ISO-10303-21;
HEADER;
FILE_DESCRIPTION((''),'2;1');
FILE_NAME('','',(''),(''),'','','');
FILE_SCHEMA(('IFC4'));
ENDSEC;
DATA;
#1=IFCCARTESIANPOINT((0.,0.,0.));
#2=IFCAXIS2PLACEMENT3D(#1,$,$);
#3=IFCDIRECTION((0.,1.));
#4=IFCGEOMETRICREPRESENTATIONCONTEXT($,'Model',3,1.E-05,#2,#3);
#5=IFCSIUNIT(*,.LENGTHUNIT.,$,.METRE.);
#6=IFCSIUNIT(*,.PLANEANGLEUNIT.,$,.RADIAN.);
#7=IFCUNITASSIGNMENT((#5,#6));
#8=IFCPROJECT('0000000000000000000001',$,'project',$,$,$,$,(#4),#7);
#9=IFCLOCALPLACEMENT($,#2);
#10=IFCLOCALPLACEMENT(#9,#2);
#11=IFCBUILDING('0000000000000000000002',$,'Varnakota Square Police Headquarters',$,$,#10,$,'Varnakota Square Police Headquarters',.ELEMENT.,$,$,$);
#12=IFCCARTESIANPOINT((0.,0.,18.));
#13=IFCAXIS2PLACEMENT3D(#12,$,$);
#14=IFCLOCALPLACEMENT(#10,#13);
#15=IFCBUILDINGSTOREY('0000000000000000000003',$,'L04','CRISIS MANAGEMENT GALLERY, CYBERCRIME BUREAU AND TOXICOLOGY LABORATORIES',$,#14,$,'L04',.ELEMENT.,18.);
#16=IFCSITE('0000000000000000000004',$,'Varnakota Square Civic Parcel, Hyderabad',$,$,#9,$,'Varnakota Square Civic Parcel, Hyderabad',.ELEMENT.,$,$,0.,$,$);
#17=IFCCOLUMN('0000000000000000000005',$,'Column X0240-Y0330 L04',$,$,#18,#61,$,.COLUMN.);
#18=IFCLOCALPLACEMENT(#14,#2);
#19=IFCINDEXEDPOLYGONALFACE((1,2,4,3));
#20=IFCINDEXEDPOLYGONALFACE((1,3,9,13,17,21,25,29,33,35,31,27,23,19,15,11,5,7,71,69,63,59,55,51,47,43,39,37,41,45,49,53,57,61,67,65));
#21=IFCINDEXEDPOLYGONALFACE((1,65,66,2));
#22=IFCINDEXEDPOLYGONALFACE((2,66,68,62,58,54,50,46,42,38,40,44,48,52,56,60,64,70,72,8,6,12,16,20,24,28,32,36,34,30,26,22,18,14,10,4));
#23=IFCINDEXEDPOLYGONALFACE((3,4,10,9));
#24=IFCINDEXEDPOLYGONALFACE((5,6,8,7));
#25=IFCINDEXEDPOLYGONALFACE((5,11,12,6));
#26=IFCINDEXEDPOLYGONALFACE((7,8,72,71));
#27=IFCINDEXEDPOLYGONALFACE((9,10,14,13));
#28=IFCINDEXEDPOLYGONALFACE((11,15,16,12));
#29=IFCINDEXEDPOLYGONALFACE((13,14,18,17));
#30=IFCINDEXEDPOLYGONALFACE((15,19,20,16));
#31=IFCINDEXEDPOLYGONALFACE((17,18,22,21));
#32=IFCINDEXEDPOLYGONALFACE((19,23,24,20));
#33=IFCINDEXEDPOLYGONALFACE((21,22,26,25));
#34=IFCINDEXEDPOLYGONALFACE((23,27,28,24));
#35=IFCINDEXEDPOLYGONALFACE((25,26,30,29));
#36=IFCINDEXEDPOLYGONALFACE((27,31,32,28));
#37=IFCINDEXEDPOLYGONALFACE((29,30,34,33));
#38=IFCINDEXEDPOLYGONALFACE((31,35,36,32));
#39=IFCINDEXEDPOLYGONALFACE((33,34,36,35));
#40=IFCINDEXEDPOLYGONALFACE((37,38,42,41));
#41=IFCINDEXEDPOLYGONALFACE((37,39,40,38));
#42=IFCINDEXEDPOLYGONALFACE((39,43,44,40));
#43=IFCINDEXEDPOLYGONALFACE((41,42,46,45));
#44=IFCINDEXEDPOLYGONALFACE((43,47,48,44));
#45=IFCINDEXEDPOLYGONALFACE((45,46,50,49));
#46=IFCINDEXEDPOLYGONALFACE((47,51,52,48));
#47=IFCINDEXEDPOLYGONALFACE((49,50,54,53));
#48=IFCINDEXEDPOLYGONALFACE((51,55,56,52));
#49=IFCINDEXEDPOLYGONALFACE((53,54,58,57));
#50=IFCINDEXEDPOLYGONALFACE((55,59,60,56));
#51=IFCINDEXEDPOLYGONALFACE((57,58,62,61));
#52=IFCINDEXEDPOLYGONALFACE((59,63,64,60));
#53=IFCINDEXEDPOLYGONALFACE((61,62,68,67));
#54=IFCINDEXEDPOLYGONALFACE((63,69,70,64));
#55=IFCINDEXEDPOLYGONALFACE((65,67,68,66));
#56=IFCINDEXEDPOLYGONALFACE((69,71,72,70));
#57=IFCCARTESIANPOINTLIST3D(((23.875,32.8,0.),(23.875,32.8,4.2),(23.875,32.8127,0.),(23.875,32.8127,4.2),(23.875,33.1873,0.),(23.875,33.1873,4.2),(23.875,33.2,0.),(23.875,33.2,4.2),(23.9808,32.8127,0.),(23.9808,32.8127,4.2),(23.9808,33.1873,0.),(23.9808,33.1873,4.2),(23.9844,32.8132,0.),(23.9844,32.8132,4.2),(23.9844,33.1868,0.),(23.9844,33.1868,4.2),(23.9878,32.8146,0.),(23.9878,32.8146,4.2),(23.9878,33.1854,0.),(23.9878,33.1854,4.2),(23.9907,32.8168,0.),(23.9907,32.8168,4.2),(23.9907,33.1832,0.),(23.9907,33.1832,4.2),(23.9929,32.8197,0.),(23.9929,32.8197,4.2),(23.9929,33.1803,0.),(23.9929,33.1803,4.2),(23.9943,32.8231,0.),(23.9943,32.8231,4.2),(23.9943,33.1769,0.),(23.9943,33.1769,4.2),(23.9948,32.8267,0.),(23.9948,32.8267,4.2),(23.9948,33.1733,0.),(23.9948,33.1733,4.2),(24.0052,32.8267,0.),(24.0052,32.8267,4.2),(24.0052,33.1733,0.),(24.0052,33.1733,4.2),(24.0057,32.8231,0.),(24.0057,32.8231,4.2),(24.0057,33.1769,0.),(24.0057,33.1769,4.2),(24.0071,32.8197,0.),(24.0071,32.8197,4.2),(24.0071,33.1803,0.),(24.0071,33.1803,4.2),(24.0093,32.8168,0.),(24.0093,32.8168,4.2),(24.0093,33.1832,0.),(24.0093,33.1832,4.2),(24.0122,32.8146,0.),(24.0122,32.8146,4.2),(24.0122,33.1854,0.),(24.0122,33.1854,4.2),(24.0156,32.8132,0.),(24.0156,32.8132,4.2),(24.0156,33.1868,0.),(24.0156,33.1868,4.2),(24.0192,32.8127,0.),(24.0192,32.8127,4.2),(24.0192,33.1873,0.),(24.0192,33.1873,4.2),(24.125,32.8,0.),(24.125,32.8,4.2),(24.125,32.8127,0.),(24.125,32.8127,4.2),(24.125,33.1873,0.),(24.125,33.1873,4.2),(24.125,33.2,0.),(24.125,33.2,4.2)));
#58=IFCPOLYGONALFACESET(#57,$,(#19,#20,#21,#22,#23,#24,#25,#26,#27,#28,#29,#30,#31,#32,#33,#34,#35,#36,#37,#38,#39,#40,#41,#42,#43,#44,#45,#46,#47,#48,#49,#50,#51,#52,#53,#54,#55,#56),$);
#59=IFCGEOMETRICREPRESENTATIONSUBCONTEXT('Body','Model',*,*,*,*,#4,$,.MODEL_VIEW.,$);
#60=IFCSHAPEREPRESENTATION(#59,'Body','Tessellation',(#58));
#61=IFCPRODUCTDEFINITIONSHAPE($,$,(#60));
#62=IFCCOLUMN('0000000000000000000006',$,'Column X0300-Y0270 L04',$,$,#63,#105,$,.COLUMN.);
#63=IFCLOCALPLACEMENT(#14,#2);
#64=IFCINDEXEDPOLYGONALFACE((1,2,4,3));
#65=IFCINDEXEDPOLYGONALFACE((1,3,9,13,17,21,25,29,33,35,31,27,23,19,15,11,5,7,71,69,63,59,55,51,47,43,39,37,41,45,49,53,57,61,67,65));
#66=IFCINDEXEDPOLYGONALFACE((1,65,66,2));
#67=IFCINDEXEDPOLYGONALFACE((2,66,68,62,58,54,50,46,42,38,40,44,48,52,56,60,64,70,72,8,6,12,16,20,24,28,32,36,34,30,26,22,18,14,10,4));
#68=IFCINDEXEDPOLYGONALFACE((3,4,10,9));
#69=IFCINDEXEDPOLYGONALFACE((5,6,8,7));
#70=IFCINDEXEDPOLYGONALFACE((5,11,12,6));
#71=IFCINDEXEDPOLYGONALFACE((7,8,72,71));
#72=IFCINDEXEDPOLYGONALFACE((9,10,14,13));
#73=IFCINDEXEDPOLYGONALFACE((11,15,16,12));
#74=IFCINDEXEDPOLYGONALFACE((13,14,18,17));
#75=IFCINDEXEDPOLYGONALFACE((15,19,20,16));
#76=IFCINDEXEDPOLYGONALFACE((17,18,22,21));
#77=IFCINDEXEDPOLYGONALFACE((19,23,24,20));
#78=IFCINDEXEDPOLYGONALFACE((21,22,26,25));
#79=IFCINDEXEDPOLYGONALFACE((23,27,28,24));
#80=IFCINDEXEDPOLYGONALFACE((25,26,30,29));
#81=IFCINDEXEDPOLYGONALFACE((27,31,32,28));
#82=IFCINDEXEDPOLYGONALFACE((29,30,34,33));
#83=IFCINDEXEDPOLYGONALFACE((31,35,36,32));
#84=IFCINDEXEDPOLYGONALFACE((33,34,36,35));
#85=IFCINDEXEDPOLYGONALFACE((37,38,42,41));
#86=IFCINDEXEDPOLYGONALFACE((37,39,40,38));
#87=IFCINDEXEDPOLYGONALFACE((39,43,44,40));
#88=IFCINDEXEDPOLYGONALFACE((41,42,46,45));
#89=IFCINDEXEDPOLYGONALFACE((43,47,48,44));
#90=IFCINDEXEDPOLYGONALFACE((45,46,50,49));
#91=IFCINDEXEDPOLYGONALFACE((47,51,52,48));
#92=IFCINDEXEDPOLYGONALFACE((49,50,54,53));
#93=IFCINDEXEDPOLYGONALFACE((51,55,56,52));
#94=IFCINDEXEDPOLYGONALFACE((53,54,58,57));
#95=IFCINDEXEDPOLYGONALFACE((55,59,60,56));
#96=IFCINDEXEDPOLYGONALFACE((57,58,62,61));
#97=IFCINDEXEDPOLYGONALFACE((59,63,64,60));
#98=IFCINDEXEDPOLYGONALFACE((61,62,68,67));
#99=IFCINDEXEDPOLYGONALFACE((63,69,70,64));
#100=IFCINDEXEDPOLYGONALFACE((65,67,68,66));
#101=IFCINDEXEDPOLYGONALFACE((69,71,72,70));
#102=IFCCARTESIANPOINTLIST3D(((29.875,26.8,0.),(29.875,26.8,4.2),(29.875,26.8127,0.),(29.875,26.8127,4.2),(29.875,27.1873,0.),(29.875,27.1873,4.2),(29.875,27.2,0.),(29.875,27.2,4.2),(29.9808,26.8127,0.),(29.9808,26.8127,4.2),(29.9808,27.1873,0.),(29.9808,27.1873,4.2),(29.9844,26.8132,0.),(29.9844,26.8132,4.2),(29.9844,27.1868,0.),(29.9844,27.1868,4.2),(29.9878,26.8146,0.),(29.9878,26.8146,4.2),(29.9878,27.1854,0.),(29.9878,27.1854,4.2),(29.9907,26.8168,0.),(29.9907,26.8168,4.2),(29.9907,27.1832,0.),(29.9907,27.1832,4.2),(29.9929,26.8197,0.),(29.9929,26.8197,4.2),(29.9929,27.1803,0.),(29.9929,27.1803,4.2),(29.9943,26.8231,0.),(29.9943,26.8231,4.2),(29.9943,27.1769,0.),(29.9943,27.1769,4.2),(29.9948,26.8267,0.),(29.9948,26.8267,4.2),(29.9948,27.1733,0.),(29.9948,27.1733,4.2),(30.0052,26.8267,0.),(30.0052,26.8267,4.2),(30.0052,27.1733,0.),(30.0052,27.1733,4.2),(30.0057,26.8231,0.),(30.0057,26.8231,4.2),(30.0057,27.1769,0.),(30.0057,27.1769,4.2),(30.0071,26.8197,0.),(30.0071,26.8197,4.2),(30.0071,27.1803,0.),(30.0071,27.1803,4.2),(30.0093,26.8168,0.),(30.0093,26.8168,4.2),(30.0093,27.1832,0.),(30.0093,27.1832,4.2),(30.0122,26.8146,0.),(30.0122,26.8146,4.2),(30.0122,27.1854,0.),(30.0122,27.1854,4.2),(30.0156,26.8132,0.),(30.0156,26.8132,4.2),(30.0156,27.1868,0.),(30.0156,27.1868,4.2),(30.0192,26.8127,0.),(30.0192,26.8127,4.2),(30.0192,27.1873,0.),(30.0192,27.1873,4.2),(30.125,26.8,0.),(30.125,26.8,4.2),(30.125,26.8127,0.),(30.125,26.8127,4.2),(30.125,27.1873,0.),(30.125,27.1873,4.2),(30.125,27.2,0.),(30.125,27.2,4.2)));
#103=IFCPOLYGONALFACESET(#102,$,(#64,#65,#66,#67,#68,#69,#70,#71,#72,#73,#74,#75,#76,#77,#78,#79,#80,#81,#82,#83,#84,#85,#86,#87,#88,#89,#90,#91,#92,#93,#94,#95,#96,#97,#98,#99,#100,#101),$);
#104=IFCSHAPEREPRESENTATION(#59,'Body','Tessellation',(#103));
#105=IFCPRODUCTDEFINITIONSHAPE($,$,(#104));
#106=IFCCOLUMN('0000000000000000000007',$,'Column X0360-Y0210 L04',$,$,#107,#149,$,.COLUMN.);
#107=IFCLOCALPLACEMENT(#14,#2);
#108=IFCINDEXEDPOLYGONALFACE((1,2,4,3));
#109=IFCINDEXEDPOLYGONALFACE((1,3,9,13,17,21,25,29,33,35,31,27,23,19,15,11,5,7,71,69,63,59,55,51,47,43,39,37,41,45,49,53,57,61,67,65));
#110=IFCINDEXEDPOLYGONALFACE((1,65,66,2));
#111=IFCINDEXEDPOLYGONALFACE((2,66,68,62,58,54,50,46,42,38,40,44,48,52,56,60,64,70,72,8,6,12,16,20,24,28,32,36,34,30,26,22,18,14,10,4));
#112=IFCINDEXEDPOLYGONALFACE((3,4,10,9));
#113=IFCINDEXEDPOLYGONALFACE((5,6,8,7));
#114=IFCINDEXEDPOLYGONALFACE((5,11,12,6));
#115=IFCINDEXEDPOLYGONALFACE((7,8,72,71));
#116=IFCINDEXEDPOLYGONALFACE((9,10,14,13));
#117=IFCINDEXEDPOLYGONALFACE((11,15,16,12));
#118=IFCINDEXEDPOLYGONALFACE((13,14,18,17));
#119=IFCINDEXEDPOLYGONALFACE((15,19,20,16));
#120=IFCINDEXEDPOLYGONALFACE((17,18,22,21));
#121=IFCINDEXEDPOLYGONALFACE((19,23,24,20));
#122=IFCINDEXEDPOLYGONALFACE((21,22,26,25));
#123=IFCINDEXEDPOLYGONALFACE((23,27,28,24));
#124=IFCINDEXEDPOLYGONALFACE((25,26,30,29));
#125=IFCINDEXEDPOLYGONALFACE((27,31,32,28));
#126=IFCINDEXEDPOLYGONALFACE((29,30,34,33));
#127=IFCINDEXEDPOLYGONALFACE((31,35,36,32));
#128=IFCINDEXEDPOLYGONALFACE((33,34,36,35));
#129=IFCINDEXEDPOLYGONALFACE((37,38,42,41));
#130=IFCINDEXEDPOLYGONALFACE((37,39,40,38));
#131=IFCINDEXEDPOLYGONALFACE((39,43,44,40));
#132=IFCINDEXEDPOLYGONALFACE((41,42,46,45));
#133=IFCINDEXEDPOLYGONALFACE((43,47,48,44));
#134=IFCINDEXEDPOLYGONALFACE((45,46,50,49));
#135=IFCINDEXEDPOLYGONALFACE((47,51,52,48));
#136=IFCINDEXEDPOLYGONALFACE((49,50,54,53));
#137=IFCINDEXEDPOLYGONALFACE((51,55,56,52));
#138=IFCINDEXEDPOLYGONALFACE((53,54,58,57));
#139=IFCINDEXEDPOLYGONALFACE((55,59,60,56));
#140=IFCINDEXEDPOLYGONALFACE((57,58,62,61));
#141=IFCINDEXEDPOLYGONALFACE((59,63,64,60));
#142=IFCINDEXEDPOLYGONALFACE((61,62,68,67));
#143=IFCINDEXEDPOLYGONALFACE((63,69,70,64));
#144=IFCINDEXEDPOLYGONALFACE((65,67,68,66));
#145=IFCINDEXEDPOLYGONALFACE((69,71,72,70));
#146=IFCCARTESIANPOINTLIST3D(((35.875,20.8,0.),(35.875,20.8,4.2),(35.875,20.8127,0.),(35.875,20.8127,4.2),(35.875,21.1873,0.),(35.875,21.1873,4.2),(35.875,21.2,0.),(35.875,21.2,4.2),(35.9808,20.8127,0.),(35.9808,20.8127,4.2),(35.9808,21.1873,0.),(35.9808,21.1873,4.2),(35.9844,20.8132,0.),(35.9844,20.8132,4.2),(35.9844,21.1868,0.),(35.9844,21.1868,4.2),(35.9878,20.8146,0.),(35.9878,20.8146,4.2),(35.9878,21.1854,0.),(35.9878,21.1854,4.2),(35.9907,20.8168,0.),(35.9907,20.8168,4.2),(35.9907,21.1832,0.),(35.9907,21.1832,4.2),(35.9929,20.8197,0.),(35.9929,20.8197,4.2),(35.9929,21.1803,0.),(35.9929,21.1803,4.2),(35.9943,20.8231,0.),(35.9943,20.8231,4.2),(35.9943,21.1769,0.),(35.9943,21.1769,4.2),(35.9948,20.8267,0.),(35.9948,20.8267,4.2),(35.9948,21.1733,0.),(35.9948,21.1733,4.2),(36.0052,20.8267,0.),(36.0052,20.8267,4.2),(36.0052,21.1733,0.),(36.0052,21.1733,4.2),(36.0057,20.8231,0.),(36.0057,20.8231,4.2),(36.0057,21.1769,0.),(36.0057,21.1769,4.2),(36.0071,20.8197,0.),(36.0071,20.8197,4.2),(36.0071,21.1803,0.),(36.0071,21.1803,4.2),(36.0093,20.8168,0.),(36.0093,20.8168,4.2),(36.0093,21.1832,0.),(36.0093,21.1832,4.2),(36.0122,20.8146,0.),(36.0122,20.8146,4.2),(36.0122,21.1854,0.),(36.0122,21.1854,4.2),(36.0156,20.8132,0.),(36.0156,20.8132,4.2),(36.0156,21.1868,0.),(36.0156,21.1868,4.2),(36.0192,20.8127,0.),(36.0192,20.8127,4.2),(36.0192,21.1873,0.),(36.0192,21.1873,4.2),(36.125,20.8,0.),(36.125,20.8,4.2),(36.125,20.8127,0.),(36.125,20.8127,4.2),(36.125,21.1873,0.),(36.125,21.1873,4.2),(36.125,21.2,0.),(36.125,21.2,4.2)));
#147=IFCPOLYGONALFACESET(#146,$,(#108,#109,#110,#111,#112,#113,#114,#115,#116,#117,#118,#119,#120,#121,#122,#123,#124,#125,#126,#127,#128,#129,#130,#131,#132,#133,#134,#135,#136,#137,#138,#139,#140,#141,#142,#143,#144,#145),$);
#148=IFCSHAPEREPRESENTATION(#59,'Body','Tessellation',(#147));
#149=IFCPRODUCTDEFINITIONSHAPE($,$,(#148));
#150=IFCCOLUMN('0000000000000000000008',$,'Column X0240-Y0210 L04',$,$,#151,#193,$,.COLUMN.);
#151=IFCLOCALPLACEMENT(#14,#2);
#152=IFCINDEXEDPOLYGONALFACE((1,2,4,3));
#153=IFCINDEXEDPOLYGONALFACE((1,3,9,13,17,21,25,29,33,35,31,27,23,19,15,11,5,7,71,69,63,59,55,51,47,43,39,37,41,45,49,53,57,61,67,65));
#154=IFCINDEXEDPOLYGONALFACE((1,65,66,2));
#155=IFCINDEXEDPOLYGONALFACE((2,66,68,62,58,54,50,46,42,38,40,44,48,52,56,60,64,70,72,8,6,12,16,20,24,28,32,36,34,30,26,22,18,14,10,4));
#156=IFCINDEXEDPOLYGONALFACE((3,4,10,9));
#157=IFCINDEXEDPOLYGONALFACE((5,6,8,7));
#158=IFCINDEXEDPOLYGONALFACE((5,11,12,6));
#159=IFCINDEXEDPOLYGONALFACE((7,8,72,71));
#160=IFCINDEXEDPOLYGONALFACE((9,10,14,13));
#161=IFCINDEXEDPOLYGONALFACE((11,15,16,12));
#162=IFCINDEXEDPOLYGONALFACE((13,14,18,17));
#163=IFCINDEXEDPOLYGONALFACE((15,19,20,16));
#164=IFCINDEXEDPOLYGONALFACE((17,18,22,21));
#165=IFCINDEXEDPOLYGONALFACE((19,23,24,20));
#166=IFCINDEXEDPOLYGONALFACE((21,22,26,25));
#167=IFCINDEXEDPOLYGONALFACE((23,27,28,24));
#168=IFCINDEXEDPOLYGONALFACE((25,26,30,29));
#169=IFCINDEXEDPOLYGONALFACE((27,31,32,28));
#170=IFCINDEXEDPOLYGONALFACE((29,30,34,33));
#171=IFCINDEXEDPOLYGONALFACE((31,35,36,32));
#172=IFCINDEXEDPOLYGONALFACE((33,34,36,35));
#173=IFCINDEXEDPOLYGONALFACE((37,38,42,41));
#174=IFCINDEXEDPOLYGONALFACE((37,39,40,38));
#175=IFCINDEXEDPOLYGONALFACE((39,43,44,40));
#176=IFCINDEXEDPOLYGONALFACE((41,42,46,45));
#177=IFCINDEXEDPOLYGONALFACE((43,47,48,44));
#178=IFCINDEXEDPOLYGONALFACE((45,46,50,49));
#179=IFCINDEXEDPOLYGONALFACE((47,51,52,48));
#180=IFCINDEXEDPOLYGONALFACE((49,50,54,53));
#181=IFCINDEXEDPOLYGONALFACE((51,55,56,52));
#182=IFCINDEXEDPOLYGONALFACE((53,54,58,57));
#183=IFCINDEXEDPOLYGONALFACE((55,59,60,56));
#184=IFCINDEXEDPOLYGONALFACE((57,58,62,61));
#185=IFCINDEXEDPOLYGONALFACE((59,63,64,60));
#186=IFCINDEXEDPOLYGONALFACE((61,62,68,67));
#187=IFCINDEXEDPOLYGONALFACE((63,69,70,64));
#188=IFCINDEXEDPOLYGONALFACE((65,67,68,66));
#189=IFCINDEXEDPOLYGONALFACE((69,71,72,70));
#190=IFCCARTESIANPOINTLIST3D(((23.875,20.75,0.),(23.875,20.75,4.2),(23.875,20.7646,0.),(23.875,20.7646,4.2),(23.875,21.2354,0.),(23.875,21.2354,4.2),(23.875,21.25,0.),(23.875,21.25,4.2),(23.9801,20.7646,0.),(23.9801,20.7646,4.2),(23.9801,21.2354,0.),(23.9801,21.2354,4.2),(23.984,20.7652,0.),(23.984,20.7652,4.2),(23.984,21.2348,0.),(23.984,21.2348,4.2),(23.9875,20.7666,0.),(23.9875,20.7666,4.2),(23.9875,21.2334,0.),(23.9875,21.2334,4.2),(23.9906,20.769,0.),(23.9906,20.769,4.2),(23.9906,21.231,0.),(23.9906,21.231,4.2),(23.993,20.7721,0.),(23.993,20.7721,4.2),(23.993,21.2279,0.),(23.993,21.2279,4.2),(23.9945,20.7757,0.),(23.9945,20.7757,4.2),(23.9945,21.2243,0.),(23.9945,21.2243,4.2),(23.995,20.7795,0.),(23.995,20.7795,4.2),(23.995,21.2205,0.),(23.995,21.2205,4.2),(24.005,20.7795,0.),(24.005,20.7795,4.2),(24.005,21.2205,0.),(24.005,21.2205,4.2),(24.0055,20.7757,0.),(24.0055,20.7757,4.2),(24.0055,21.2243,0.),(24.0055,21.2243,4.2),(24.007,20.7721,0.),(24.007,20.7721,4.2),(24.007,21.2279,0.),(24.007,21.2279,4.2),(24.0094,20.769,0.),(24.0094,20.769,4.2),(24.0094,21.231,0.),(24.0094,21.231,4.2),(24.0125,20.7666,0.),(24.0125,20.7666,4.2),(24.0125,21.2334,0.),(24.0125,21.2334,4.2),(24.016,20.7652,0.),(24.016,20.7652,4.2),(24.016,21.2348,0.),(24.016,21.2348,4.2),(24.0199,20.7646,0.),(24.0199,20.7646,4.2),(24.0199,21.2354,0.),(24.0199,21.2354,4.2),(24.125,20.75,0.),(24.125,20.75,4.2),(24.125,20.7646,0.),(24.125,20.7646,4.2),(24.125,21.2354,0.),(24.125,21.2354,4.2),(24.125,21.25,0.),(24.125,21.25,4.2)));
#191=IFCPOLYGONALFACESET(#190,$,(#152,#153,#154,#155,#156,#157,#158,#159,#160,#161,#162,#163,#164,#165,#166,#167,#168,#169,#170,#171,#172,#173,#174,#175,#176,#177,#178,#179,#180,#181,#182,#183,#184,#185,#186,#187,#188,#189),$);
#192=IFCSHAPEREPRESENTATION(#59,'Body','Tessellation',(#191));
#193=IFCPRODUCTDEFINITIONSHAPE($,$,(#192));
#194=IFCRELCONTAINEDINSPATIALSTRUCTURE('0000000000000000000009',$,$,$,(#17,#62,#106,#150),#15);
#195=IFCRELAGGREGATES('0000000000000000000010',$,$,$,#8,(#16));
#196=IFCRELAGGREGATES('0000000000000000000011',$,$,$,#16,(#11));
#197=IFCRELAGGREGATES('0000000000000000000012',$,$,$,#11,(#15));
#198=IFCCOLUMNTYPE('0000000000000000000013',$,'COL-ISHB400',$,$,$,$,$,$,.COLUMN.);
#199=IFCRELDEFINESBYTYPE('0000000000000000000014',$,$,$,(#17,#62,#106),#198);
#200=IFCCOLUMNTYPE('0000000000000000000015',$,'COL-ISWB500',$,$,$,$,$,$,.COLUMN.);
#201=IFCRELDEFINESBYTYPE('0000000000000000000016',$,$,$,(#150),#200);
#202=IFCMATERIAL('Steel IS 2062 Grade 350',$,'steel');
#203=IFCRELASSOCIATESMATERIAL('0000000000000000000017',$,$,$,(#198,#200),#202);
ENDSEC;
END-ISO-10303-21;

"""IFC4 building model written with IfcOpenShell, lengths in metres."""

from ifc_helpers import new_model, si_unit, direction, frame, origin, origin_2d, place, context, subcontext, project, spatial, i_section, extrude, material, material_profile, profile_set, type_object, element, save


model = new_model("IFC4")

# Units and contexts
model_context = context("Model", 3, precision=1e-05, world=origin(), true_north=direction((0.0, 1.0)))
body_context = subcontext(model_context, "Body", "Model", "MODEL_VIEW")
ifc_project = project(units=[si_unit("LENGTHUNIT", "METRE"), si_unit("PLANEANGLEUNIT", "RADIAN")], contexts=[model_context])

# Site, building, storey
site_placement = place(None, origin())
site = spatial("IfcSite", under=ifc_project, at=site_placement, Name="Varnakota Square Civic Parcel, Hyderabad", LongName="Varnakota Square Civic Parcel, Hyderabad", CompositionType="ELEMENT", RefElevation=0.0)
building_placement = place(site_placement, origin())
building = spatial("IfcBuilding", under=site, at=building_placement, Name="Varnakota Square Police Headquarters", LongName="Varnakota Square Police Headquarters", CompositionType="ELEMENT")
storey_placement = place(building_placement, frame((0.0, 0.0, 18.0)))
storey = spatial("IfcBuildingStorey", under=building, at=storey_placement, Name="L04", Description="CRISIS MANAGEMENT GALLERY, CYBERCRIME BUREAU AND TOXICOLOGY LABORATORIES", LongName="L04", CompositionType="ELEMENT", Elevation=18.0)

# Columns
ifc_material = material(Name="Steel IS 2062 Grade 350", Category="steel")
ifc_material_profile_1 = material_profile(ifc_material, i_section(OverallWidth=0.25, OverallDepth=0.3999, WebThickness=0.0105, FlangeThickness=0.0127, FilletRadius=0.0139, at=origin_2d()), Name="ISHB 400")
ifc_profile_set_1 = profile_set([ifc_material_profile_1], Name="Steel IS 2062 Grade 350")
column_type_1 = type_object("IfcColumnType", Name="COL-ISHB400", PredefinedType="COLUMN", material=ifc_profile_set_1)
for number, where, z_axis, x_axis, name in (
    (1, (24.0, 33.0, 0.0), (0.0, 0.0, 1.0), (1.0, 0.0, 0.0), "Column X0240-Y0330 L04"),
    (2, (30.0, 27.0, 0.0), (0.0, 0.0, 1.0), (1.0, 0.0, 0.0), "Column X0300-Y0270 L04"),
    (3, (36.0, 21.0, 0.0), (0.0, 0.0, 1.0), (1.0, 0.0, 0.0), "Column X0360-Y0210 L04"),
):
    element("IfcColumn", number, at=place(storey_placement, frame(where, z_axis=z_axis, x_axis=x_axis)), inside=storey, type_object=column_type_1, Name=name, PredefinedType="COLUMN", context=body_context, shape_type="SweptSolid", body=[
        extrude(i_section(OverallWidth=0.25, OverallDepth=0.3999, WebThickness=0.0105, FlangeThickness=0.0127, FilletRadius=0.0139, at=origin_2d()), origin(), (0.0, 0.0, 1.0), 4.2),
    ])
ifc_material_profile_2 = material_profile(ifc_material, i_section(OverallWidth=0.25, OverallDepth=0.5, WebThickness=0.01, FlangeThickness=0.0146, FilletRadius=0.0149, at=origin_2d()), Name="ISWB 500")
ifc_profile_set_2 = profile_set([ifc_material_profile_2], Name="Steel IS 2062 Grade 350")
column_type_2 = type_object("IfcColumnType", Name="COL-ISWB500", PredefinedType="COLUMN", material=ifc_profile_set_2)
for number, where, z_axis, x_axis, name in (
    (4, (24.0, 21.0, 0.0), (0.0, 0.0, 1.0), (1.0, 0.0, 0.0), "Column X0240-Y0210 L04"),
):
    element("IfcColumn", number, at=place(storey_placement, frame(where, z_axis=z_axis, x_axis=x_axis)), inside=storey, type_object=column_type_2, Name=name, PredefinedType="COLUMN", context=body_context, shape_type="SweptSolid", body=[
        extrude(i_section(OverallWidth=0.25, OverallDepth=0.5, WebThickness=0.01, FlangeThickness=0.0146, FilletRadius=0.0149, at=origin_2d()), origin(), (0.0, 0.0, 1.0), 4.2),
    ])

save(model, "model.ifc")
